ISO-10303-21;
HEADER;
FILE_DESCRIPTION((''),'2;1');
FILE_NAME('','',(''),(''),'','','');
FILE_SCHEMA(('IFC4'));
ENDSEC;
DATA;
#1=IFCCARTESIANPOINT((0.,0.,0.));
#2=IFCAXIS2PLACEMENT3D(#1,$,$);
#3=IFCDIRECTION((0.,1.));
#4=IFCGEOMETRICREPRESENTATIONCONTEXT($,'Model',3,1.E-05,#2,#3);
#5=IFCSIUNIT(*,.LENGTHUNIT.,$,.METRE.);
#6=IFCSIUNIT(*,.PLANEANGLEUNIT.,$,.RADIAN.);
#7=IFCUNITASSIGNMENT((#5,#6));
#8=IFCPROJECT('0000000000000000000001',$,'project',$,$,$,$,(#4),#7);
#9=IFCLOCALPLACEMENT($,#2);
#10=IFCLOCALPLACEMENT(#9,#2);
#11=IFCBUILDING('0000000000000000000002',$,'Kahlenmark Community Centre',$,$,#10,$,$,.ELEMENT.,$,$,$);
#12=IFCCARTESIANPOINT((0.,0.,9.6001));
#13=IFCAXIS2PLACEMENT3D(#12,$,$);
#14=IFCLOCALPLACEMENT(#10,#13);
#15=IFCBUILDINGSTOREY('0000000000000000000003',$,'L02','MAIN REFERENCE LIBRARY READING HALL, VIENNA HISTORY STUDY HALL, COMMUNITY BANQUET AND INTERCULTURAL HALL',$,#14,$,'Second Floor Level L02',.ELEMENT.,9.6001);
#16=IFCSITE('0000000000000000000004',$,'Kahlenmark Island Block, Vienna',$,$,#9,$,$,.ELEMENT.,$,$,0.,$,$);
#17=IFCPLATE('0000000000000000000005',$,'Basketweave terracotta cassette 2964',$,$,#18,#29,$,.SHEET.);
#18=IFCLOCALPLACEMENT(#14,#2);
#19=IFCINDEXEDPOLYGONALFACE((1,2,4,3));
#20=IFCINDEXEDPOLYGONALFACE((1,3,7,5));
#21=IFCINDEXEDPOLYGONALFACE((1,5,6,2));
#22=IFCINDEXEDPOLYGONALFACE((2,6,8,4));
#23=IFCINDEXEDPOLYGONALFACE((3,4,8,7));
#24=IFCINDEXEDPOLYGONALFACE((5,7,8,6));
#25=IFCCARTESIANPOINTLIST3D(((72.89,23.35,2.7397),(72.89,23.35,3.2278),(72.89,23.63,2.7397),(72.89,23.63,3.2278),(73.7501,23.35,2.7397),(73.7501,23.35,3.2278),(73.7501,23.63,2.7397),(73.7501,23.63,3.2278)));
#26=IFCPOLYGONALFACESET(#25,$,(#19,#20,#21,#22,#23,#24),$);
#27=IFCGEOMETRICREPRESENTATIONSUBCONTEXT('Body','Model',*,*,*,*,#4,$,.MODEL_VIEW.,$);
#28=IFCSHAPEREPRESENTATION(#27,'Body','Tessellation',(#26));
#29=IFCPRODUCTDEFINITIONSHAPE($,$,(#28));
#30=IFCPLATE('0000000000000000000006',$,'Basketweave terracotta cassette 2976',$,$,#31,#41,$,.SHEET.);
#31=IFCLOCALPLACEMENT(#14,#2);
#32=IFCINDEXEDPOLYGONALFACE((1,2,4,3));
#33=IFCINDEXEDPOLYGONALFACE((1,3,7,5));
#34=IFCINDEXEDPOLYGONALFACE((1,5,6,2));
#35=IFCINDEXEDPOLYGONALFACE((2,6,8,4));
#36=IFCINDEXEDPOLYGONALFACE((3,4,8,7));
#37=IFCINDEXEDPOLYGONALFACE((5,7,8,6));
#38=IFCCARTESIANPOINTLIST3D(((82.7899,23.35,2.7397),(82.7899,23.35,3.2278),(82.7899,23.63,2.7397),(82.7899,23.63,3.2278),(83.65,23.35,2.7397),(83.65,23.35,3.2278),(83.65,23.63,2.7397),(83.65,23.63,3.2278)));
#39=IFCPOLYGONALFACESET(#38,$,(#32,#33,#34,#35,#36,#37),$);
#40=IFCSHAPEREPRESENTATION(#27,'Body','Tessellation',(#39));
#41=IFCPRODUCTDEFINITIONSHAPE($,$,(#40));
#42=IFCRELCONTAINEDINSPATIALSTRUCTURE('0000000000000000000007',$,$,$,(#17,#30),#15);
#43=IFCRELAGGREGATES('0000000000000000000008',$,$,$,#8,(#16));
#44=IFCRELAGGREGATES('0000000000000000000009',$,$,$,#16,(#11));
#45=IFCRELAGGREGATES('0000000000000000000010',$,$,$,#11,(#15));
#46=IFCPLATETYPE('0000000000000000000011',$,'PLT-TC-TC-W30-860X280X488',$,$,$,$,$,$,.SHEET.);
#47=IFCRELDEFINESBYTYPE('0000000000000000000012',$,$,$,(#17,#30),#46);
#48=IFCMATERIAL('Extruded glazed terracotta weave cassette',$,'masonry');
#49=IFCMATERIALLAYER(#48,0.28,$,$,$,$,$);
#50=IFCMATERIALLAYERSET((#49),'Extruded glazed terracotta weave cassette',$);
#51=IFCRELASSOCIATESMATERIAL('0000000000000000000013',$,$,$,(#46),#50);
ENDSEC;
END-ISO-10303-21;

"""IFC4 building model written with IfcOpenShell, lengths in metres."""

from ifc_helpers import new_model, si_unit, direction, frame, origin, origin_2d, place, context, subcontext, project, spatial, rectangle, extrude, material, layer, layer_set, type_object, element, save


model = new_model("IFC4")

# Units and contexts
model_context = context("Model", 3, precision=1e-05, world=origin(), true_north=direction((0.0, 1.0)))
body_context = subcontext(model_context, "Body", "Model", "MODEL_VIEW")
ifc_project = project(units=[si_unit("LENGTHUNIT", "METRE"), si_unit("PLANEANGLEUNIT", "RADIAN")], contexts=[model_context])

# Site, building, storey
site_placement = place(None, origin())
site = spatial("IfcSite", under=ifc_project, at=site_placement, Name="Kahlenmark Island Block, Vienna", CompositionType="ELEMENT", RefElevation=0.0)
building_placement = place(site_placement, origin())
building = spatial("IfcBuilding", under=site, at=building_placement, Name="Kahlenmark Community Centre", CompositionType="ELEMENT")
storey_placement = place(building_placement, frame((0.0, 0.0, 9.6001)))
storey = spatial("IfcBuildingStorey", under=building, at=storey_placement, Name="L02", Description="MAIN REFERENCE LIBRARY READING HALL, VIENNA HISTORY STUDY HALL, COMMUNITY BANQUET AND INTERCULTURAL HALL", LongName="Second Floor Level L02", CompositionType="ELEMENT", Elevation=9.6001)

# Plates
ifc_material = material(Name="Extruded glazed terracotta weave cassette", Category="masonry")
ifc_layer_1 = layer(ifc_material, 0.28)
ifc_layer_set_1 = layer_set([ifc_layer_1], Name="Extruded glazed terracotta weave cassette")
plate_type_1 = type_object("IfcPlateType", Name="PLT-TC-TC-W30-860X280X488", PredefinedType="SHEET", material=ifc_layer_set_1)
for number, where, z_axis, x_axis, name in (
    (1, (73.3201, 23.49, 2.7397), (0.0, 0.0, 1.0), (-1.0, 0.0, 0.0), "Basketweave terracotta cassette 2964"),
    (2, (83.22, 23.49, 2.7397), (0.0, 0.0, 1.0), (-1.0, 0.0, 0.0), "Basketweave terracotta cassette 2976"),
):
    element("IfcPlate", number, at=place(storey_placement, frame(where, z_axis=z_axis, x_axis=x_axis)), inside=storey, type_object=plate_type_1, Name=name, PredefinedType="SHEET", context=body_context, shape_type="SweptSolid", body=[
        extrude(rectangle(XDim=0.8601, YDim=0.28, at=origin_2d()), origin(), (0.0, 0.0, 1.0), 0.488),
    ])

save(model, "model.ifc")
